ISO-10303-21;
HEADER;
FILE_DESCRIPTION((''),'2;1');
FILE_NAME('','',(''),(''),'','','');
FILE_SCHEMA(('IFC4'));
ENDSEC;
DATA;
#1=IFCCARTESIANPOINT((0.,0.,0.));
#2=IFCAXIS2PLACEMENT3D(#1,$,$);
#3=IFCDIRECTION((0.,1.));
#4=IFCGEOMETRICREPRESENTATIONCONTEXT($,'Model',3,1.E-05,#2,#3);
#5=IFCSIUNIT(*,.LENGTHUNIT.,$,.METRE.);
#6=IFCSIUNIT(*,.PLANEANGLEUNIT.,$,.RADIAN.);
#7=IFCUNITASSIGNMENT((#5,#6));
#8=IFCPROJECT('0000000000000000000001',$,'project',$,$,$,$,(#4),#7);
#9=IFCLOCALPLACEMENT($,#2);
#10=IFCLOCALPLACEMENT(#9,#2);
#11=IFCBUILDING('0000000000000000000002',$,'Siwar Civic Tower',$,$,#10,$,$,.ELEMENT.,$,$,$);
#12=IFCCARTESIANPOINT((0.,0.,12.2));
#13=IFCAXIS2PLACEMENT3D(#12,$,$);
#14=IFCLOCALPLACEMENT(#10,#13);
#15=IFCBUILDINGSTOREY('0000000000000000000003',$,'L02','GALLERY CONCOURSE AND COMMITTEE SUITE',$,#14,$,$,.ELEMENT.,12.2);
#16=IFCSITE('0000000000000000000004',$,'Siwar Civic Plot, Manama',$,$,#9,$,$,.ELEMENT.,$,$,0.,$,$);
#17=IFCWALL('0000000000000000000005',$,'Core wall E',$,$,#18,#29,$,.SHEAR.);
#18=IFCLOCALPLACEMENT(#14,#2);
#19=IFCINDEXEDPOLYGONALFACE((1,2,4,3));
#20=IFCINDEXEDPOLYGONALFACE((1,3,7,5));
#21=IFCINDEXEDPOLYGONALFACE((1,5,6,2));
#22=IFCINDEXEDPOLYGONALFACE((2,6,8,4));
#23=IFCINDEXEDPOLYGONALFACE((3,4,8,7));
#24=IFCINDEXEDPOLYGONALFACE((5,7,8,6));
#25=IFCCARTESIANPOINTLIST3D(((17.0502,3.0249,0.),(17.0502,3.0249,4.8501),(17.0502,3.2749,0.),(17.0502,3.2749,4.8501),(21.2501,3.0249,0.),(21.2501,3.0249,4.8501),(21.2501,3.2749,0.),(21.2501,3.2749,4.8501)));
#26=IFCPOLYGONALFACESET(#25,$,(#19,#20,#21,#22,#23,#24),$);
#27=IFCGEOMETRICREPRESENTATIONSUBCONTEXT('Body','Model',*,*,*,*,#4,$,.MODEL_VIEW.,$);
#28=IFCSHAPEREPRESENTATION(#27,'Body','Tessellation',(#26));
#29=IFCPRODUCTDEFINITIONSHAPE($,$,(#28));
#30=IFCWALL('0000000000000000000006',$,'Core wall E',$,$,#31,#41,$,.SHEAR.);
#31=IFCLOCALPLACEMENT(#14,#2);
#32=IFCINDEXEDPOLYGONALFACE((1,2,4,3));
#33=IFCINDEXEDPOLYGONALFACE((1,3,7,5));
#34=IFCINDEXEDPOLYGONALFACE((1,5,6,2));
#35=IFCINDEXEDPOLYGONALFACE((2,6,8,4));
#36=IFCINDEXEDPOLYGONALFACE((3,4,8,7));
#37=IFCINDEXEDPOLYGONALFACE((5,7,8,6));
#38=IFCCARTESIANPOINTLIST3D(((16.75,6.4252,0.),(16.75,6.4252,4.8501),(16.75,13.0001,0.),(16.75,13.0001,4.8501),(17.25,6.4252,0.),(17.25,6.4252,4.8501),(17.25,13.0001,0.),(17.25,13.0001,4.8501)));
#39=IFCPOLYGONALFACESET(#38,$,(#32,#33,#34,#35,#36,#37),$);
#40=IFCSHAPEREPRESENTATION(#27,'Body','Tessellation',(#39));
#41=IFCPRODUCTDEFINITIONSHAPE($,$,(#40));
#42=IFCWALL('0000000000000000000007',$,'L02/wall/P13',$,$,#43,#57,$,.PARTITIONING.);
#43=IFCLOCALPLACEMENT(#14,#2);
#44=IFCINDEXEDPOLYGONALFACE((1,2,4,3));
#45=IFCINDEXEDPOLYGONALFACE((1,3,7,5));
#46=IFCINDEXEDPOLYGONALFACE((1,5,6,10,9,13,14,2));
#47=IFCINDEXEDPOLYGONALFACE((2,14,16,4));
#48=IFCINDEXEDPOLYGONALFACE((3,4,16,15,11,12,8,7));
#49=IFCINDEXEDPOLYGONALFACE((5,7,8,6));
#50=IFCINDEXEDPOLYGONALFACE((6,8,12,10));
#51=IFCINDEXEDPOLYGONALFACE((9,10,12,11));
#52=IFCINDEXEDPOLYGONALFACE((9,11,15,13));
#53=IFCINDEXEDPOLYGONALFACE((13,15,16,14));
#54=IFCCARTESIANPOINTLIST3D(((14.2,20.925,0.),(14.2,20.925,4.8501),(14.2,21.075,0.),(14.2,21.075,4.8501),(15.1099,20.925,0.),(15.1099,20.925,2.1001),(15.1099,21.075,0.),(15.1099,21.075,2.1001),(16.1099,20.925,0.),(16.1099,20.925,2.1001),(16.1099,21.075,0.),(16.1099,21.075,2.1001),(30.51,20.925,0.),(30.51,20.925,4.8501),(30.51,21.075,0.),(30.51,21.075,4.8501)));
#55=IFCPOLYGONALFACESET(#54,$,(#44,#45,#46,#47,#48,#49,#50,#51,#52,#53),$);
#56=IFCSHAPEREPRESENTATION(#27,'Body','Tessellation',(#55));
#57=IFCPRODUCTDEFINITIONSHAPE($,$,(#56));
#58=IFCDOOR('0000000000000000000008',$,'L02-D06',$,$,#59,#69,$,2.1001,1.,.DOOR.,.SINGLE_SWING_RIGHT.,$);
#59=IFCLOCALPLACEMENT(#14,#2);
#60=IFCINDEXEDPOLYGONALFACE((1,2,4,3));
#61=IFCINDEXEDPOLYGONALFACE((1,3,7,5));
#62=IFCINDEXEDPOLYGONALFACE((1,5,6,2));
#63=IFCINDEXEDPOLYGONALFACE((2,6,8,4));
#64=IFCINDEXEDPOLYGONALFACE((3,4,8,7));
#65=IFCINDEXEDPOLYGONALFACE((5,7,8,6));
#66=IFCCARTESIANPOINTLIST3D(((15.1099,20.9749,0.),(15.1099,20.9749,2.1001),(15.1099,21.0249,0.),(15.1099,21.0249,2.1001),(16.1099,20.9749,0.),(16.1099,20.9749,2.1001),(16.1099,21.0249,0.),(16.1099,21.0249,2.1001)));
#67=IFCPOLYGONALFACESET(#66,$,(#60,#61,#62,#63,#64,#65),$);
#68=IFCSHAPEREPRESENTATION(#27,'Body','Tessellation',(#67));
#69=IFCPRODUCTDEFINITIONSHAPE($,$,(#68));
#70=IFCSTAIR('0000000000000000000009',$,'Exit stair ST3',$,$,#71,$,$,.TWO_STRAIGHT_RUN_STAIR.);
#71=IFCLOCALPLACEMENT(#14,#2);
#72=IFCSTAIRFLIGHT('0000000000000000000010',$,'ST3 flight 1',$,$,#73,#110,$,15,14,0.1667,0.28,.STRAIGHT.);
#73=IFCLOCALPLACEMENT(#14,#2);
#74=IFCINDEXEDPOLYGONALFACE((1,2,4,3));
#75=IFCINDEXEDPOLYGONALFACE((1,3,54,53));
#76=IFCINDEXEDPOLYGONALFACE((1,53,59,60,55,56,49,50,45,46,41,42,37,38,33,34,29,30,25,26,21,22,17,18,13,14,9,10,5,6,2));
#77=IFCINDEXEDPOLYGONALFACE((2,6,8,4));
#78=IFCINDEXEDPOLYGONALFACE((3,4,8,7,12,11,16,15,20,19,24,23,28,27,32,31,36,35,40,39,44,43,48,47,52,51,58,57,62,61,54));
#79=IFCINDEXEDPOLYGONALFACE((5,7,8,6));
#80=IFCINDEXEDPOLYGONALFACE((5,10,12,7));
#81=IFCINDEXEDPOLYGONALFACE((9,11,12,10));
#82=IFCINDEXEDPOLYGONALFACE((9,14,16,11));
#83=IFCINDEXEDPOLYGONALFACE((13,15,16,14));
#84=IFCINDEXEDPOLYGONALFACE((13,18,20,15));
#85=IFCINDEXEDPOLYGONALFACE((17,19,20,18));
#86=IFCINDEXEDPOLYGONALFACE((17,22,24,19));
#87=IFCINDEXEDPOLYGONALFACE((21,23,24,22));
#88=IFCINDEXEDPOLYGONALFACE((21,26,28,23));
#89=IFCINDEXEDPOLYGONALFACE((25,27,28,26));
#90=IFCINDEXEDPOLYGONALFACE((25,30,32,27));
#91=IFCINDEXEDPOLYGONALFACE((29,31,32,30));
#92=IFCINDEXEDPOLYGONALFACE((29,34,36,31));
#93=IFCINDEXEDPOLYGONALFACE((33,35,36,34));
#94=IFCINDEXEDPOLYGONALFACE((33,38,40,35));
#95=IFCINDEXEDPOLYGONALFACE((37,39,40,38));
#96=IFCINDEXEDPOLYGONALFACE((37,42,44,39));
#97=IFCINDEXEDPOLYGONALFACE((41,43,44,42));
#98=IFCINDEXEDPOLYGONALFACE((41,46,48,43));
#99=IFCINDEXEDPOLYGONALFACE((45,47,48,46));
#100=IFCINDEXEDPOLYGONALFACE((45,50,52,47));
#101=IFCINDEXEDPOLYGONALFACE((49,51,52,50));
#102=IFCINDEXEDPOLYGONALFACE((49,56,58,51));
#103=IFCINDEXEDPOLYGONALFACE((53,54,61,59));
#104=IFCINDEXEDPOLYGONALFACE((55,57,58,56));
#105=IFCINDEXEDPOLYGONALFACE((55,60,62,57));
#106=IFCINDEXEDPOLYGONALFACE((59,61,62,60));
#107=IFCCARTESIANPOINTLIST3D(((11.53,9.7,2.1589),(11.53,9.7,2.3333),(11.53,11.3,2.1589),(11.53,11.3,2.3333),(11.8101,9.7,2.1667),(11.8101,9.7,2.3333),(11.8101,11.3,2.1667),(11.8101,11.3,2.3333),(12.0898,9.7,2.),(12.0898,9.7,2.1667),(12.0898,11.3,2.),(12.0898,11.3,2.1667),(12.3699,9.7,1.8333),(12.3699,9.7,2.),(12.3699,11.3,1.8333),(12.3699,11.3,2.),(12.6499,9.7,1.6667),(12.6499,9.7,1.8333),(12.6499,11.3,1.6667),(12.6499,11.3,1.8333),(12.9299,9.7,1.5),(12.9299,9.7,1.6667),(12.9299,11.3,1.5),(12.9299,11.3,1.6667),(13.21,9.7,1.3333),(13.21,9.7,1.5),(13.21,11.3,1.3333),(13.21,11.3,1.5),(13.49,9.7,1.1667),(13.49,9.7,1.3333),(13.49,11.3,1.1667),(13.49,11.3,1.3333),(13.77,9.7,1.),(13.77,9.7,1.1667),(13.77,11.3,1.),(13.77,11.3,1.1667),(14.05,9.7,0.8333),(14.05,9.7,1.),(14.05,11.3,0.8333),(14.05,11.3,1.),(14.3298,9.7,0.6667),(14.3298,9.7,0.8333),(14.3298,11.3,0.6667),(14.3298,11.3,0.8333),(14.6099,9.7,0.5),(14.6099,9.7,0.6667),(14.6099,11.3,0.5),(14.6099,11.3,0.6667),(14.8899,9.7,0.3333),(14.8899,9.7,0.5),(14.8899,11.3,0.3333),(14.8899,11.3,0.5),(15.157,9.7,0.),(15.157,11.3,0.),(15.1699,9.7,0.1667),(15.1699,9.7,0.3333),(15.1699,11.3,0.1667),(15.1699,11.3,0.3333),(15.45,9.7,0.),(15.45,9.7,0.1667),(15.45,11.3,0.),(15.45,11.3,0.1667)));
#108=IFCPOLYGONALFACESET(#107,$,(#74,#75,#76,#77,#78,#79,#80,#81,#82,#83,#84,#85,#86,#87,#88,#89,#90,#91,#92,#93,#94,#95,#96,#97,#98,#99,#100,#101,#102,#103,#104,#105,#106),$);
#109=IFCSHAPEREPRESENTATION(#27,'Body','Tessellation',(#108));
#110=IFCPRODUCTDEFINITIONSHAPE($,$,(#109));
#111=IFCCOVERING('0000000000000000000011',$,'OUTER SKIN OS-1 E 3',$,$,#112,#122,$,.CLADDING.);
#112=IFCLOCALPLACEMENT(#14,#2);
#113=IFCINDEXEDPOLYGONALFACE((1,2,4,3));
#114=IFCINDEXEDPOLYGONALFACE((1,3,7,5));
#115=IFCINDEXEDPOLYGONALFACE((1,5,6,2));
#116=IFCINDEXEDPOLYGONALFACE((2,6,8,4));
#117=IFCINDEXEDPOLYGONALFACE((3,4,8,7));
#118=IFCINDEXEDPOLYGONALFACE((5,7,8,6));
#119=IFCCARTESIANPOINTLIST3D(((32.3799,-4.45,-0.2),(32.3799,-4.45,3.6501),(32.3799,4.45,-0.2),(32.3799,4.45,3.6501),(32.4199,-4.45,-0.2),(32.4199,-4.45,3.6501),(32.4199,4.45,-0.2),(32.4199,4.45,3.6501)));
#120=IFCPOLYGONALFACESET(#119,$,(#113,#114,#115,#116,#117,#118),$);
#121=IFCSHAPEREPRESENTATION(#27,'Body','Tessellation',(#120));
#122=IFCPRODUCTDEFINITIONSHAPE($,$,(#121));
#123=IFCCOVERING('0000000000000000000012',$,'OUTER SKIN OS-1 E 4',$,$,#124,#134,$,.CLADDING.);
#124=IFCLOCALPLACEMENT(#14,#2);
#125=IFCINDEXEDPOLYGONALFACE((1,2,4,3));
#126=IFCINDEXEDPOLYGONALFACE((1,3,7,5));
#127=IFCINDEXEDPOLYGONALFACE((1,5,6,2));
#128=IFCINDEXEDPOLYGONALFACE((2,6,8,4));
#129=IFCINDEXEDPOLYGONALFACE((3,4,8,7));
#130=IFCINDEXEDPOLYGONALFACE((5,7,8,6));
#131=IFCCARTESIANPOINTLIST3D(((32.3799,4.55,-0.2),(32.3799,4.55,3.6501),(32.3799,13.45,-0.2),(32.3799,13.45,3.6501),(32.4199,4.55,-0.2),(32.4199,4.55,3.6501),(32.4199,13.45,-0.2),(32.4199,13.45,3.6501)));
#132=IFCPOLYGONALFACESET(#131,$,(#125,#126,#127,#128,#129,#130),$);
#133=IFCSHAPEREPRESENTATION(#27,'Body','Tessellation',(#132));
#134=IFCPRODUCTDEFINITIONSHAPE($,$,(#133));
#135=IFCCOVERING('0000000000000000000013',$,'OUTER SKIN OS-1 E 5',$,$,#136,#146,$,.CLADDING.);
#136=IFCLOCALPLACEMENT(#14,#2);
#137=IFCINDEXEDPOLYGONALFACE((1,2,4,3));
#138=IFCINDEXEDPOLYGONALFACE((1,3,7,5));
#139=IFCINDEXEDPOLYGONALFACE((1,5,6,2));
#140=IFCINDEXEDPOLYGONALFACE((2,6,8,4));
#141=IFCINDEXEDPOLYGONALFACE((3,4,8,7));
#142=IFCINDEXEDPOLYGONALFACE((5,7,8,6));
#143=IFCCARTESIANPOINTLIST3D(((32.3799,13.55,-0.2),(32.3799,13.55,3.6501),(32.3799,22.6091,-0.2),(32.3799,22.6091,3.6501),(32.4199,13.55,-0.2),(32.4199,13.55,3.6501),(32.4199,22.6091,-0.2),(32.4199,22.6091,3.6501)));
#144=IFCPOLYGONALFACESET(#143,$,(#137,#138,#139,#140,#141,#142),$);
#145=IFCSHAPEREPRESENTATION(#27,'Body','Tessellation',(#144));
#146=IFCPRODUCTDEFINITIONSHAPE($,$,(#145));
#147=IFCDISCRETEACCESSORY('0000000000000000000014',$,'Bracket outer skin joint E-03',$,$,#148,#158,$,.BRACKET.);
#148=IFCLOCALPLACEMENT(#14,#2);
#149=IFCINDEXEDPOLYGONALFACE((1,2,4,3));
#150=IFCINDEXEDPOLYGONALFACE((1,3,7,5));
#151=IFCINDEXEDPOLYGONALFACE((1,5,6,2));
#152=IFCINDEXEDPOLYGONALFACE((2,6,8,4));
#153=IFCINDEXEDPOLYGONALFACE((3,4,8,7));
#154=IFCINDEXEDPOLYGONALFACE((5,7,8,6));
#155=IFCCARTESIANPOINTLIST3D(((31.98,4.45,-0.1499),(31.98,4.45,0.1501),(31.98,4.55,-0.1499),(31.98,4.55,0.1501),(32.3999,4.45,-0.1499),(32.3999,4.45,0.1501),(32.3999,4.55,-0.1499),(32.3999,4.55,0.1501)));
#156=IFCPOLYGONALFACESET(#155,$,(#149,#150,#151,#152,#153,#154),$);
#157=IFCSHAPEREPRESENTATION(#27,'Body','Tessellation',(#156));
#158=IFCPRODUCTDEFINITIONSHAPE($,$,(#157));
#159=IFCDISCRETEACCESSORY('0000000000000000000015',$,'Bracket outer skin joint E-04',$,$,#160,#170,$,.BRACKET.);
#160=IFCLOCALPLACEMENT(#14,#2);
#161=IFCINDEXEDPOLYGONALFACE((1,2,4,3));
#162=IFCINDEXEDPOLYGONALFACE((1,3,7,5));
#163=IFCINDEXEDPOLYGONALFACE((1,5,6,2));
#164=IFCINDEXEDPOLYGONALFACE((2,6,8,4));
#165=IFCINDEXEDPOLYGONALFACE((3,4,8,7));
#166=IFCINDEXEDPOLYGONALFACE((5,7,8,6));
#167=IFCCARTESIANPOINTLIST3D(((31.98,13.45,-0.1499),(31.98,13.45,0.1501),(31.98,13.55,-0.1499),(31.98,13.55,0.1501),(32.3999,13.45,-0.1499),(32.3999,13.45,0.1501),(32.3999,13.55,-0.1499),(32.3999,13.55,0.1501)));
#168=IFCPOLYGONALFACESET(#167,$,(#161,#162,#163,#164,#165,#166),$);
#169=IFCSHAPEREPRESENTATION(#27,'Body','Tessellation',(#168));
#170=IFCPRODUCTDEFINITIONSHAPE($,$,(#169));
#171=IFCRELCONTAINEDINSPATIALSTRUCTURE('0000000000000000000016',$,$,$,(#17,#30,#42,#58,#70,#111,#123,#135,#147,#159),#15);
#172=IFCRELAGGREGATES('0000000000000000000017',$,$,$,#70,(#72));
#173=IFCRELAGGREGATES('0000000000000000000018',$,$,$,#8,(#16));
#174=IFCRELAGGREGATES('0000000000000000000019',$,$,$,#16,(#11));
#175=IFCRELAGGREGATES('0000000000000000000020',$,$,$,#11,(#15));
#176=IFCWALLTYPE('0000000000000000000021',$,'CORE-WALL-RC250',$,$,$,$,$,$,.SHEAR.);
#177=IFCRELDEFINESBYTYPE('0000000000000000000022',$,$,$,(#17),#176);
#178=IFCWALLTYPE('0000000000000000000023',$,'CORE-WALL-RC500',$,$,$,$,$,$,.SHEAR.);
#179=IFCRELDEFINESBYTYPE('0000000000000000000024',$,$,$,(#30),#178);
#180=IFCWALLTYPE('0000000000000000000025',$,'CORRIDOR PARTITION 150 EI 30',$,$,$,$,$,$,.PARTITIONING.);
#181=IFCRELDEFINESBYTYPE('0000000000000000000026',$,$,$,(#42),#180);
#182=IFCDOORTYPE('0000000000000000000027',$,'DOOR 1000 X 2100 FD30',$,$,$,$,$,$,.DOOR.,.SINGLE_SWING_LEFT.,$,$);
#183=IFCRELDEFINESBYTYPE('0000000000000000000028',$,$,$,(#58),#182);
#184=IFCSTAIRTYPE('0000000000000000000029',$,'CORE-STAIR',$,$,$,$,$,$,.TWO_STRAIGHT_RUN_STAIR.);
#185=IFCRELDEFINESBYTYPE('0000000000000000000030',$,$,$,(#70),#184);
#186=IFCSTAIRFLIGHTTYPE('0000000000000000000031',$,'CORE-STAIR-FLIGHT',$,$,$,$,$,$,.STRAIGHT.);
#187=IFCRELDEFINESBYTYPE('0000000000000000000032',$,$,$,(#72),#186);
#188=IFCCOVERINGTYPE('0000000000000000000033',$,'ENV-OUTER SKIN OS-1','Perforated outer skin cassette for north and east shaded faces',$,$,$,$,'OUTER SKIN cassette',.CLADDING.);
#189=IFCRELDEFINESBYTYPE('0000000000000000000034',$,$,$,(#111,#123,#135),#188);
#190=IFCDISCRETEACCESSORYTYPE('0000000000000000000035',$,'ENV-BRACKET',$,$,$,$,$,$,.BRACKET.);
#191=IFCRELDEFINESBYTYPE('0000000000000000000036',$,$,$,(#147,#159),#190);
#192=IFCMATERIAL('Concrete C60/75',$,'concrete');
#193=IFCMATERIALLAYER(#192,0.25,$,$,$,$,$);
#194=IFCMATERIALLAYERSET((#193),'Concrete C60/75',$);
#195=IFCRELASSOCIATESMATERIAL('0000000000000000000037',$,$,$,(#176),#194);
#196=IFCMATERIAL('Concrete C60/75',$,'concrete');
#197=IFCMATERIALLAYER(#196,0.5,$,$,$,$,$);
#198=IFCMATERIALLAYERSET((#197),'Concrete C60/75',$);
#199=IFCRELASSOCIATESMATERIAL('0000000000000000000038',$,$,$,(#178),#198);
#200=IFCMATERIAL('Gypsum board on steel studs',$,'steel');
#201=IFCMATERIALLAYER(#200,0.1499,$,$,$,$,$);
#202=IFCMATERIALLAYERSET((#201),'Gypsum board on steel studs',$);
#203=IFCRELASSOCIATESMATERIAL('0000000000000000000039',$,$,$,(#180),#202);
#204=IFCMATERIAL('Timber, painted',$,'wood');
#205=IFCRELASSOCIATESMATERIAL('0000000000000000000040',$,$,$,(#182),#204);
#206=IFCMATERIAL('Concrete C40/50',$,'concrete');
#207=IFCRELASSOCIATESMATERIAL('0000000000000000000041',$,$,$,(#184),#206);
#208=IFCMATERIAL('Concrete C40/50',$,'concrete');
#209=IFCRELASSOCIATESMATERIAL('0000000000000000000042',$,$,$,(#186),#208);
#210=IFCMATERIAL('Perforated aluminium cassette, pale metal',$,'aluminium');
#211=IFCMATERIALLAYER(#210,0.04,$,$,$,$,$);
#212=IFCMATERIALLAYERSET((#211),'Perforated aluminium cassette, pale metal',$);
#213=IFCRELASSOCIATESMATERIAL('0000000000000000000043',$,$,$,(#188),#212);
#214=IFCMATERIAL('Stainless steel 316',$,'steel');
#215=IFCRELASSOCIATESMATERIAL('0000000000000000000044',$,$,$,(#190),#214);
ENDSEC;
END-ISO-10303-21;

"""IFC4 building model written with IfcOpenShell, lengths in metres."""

from ifc_helpers import new_model, si_unit, direction, frame, frame_2d, origin, origin_2d, place, context, subcontext, project, spatial, polyline, rectangle, outline, extrude, material, layer, layer_set, type_object, element, fill, aggregate, save


model = new_model("IFC4")

# Units and contexts
model_context = context("Model", 3, precision=1e-05, world=origin(), true_north=direction((0.0, 1.0)))
body_context = subcontext(model_context, "Body", "Model", "MODEL_VIEW")
ifc_project = project(units=[si_unit("LENGTHUNIT", "METRE"), si_unit("PLANEANGLEUNIT", "RADIAN")], contexts=[model_context])

# Site, building, storey
site_placement = place(None, origin())
site = spatial("IfcSite", under=ifc_project, at=site_placement, Name="Siwar Civic Plot, Manama", CompositionType="ELEMENT", RefElevation=0.0)
building_placement = place(site_placement, origin())
building = spatial("IfcBuilding", under=site, at=building_placement, Name="Siwar Civic Tower", CompositionType="ELEMENT")
storey_placement = place(building_placement, frame((0.0, 0.0, 12.2)))
storey = spatial("IfcBuildingStorey", under=building, at=storey_placement, Name="L02", Description="GALLERY CONCOURSE AND COMMITTEE SUITE", CompositionType="ELEMENT", Elevation=12.2)

# Shared definitions
ifc_material_1 = material(Name="Concrete C60/75", Category="concrete")
ifc_layer_1 = layer(ifc_material_1, 0.25)
ifc_layer_set_1 = layer_set([ifc_layer_1], Name="Concrete C60/75")
wall_type_1 = type_object("IfcWallType", Name="CORE-WALL-RC250", PredefinedType="SHEAR", material=ifc_layer_set_1)

# Walls
for number, where, z_axis, x_axis, name in (
    (1, (17.05, 3.1499, 0.0), (0.0, 0.0, 1.0), (1.0, 0.0, 0.0), "Core wall E"),
):
    element("IfcWall", number, at=place(storey_placement, frame(where, z_axis=z_axis, x_axis=x_axis)), inside=storey, type_object=wall_type_1, Name=name, PredefinedType="SHEAR", context=body_context, shape_type="SweptSolid", body=[
        extrude(rectangle(XDim=4.2, YDim=0.25, at=frame_2d((2.1001, 0.0))), origin(), (0.0, 0.0, 1.0), 4.8501),
    ])
ifc_material_2 = material(Name="Concrete C60/75", Category="concrete")
ifc_layer_2 = layer(ifc_material_2, 0.5)
ifc_layer_set_2 = layer_set([ifc_layer_2], Name="Concrete C60/75")
wall_type_2 = type_object("IfcWallType", Name="CORE-WALL-RC500", PredefinedType="SHEAR", material=ifc_layer_set_2)
wall_1_placement = place(storey_placement, frame((17.0, 6.425, 0.0), z_axis=(0.0, 0.0, 1.0), x_axis=(0.0, 1.0, 0.0)))
element("IfcWall", 2, at=wall_1_placement, inside=storey, type_object=wall_type_2, Name="Core wall E", PredefinedType="SHEAR", context=body_context, shape_type="SweptSolid", body=[
    extrude(rectangle(XDim=6.575, YDim=0.5, at=frame_2d((3.2876, 0.0))), origin(), (0.0, 0.0, 1.0), 4.8501),
])

# Wall, opening, door
ifc_material_3 = material(Name="Gypsum board on steel studs", Category="steel")
ifc_layer_3 = layer(ifc_material_3, 0.1499)
ifc_layer_set_3 = layer_set([ifc_layer_3], Name="Gypsum board on steel studs")
wall_type_3 = type_object("IfcWallType", Name="CORRIDOR PARTITION 150 EI 30", PredefinedType="PARTITIONING", material=ifc_layer_set_3)
wall_2_placement = place(storey_placement, frame((14.2, 21.0, 0.0), z_axis=(0.0, 0.0, 1.0), x_axis=(1.0, 0.0, 0.0)))
wall_2 = element("IfcWall", 3, at=wall_2_placement, inside=storey, type_object=wall_type_3, Name="L02/wall/P13", PredefinedType="PARTITIONING", context=body_context, shape_type="SweptSolid", body=[
    extrude(rectangle(XDim=16.3101, YDim=0.1499, at=frame_2d((8.155, 0.0))), origin(), (0.0, 0.0, 1.0), 4.8501),
])
opening_1_placement = place(wall_2_placement, frame((0.9099, 0.0, 0.0)))
opening_1 = element("IfcOpeningElement", 4, at=opening_1_placement, cuts=wall_2, PredefinedType="OPENING", context=body_context, shape_type="SweptSolid", body=[
    extrude(rectangle(XDim=1.0, YDim=2.1001, at=frame_2d((0.5, 1.05))), frame((0.0, 0.085, 0.0), z_axis=(0.0, -1.0, 0.0), x_axis=(1.0, 0.0, 0.0)), (0.0, 0.0, 1.0), 0.1699),
])
ifc_material_4 = material(Name="Timber, painted", Category="wood")
door_type_1 = type_object("IfcDoorType", Name="DOOR 1000 X 2100 FD30", OperationType="SINGLE_SWING_LEFT", PredefinedType="DOOR", material=ifc_material_4)
door_1_placement = place(opening_1_placement, origin())
door_1 = element("IfcDoor", 5, at=door_1_placement, inside=storey, type_object=door_type_1, Name="L02-D06", OperationType="SINGLE_SWING_RIGHT", OverallHeight=2.1001, OverallWidth=1.0, PredefinedType="DOOR", context=body_context, shape_type="SweptSolid", body=[
    extrude(rectangle(XDim=1.0, YDim=2.1001, at=frame_2d((0.5, 1.05))), frame((0.0, 0.0249, 0.0), z_axis=(0.0, -1.0, 0.0), x_axis=(1.0, 0.0, 0.0)), (0.0, 0.0, 1.0), 0.05),
])
fill(opening_1, door_1)

# Stair, stair flight
ifc_material_5 = material(Name="Concrete C40/50", Category="concrete")
stair_type = type_object("IfcStairType", Name="CORE-STAIR", PredefinedType="TWO_STRAIGHT_RUN_STAIR", material=ifc_material_5)
stair_placement = place(storey_placement, origin())
stair = element("IfcStair", 6, at=stair_placement, inside=storey, type_object=stair_type, Name="Exit stair ST3", PredefinedType="TWO_STRAIGHT_RUN_STAIR")
ifc_material_6 = material(Name="Concrete C40/50", Category="concrete")
stair_flight_type = type_object("IfcStairFlightType", Name="CORE-STAIR-FLIGHT", PredefinedType="STRAIGHT", material=ifc_material_6)
stair_flight_placement = place(storey_placement, frame((15.45, 10.5, 0.0), z_axis=(0.0, 0.0, 1.0), x_axis=(-1.0, 0.0, 0.0)))
stair_flight = element("IfcStairFlight", 7, at=stair_flight_placement, type_object=stair_flight_type, Name="ST3 flight 1", NumberOfRisers=15, NumberOfTreads=14, PredefinedType="STRAIGHT", RiserHeight=0.1667, TreadLength=0.28, context=body_context, shape_type="SweptSolid", body=[
    extrude(outline(polyline([(0.0, 0.0), (0.0, 0.1667), (0.28, 0.1667), (0.28, 0.3333), (0.5601, 0.3333), (0.5601, 0.5), (0.8401, 0.5), (0.8401, 0.6667), (1.1201, 0.6667), (1.1201, 0.8333), (1.3999, 0.8333), (1.3999, 1.0), (1.6799, 1.0), (1.6799, 1.1667), (1.96, 1.1667), (1.96, 1.3333), (2.24, 1.3333), (2.24, 1.5), (2.52, 1.5), (2.52, 1.6667), (2.8, 1.6667), (2.8, 1.8333), (3.0801, 1.8333), (3.0801, 2.0), (3.3601, 2.0), (3.3601, 2.1667), (3.6399, 2.1667), (3.6399, 2.3333), (3.9199, 2.3333), (3.9199, 2.5), (3.9199, 2.1589), (0.293, 0.0), (0.0, 0.0)])), frame((0.0, 0.8, 0.0), z_axis=(0.0, -1.0, 0.0), x_axis=(1.0, 0.0, 0.0)), (0.0, 0.0, 1.0), 1.6001),
])
aggregate(stair, [stair_flight])

# Coverings
ifc_material_7 = material(Name="Perforated aluminium cassette, pale metal", Category="aluminium")
ifc_layer_4 = layer(ifc_material_7, 0.04)
ifc_layer_set_4 = layer_set([ifc_layer_4], Name="Perforated aluminium cassette, pale metal")
covering_type = type_object("IfcCoveringType", Name="ENV-OUTER SKIN OS-1", Description="Perforated outer skin cassette for north and east shaded faces", ElementType="OUTER SKIN cassette", PredefinedType="CLADDING", material=ifc_layer_set_4)
for number, where, z_axis, x_axis, name in (
    (8, (32.3999, 0.0, -0.2), (0.0, 0.0, 1.0), (0.0, 1.0, 0.0), "OUTER SKIN OS-1 E 3"),
    (9, (32.3999, 9.0, -0.2), (0.0, 0.0, 1.0), (0.0, 1.0, 0.0), "OUTER SKIN OS-1 E 4"),
):
    element("IfcCovering", number, at=place(storey_placement, frame(where, z_axis=z_axis, x_axis=x_axis)), inside=storey, type_object=covering_type, Name=name, PredefinedType="CLADDING", context=body_context, shape_type="SweptSolid", body=[
        extrude(rectangle(XDim=8.8999, YDim=0.04, at=origin_2d()), origin(), (0.0, 0.0, 1.0), 3.8501),
    ])
covering_placement = place(storey_placement, frame((32.3999, 18.0796, -0.2), z_axis=(0.0, 0.0, 1.0), x_axis=(0.0, 1.0, 0.0)))
element("IfcCovering", 10, at=covering_placement, inside=storey, type_object=covering_type, Name="OUTER SKIN OS-1 E 5", PredefinedType="CLADDING", context=body_context, shape_type="SweptSolid", body=[
    extrude(rectangle(XDim=9.0591, YDim=0.04, at=origin_2d()), origin(), (0.0, 0.0, 1.0), 3.8501),
])

# Discrete accessories
ifc_material_8 = material(Name="Stainless steel 316", Category="steel")
discrete_accessory_type = type_object("IfcDiscreteAccessoryType", Name="ENV-BRACKET", PredefinedType="BRACKET", material=ifc_material_8)
for number, where, z_axis, x_axis, name in (
    (11, (32.1899, 4.5, -0.1499), (0.0, 0.0, 1.0), (1.0, 0.0, 0.0), "Bracket outer skin joint E-03"),
    (12, (32.1899, 13.5, -0.1499), (0.0, 0.0, 1.0), (1.0, 0.0, 0.0), "Bracket outer skin joint E-04"),
):
    element("IfcDiscreteAccessory", number, at=place(storey_placement, frame(where, z_axis=z_axis, x_axis=x_axis)), inside=storey, type_object=discrete_accessory_type, Name=name, PredefinedType="BRACKET", context=body_context, shape_type="SweptSolid", body=[
        extrude(rectangle(XDim=0.4199, YDim=0.1001, at=origin_2d()), origin(), (0.0, 0.0, 1.0), 0.3),
    ])

save(model, "model.ifc")
